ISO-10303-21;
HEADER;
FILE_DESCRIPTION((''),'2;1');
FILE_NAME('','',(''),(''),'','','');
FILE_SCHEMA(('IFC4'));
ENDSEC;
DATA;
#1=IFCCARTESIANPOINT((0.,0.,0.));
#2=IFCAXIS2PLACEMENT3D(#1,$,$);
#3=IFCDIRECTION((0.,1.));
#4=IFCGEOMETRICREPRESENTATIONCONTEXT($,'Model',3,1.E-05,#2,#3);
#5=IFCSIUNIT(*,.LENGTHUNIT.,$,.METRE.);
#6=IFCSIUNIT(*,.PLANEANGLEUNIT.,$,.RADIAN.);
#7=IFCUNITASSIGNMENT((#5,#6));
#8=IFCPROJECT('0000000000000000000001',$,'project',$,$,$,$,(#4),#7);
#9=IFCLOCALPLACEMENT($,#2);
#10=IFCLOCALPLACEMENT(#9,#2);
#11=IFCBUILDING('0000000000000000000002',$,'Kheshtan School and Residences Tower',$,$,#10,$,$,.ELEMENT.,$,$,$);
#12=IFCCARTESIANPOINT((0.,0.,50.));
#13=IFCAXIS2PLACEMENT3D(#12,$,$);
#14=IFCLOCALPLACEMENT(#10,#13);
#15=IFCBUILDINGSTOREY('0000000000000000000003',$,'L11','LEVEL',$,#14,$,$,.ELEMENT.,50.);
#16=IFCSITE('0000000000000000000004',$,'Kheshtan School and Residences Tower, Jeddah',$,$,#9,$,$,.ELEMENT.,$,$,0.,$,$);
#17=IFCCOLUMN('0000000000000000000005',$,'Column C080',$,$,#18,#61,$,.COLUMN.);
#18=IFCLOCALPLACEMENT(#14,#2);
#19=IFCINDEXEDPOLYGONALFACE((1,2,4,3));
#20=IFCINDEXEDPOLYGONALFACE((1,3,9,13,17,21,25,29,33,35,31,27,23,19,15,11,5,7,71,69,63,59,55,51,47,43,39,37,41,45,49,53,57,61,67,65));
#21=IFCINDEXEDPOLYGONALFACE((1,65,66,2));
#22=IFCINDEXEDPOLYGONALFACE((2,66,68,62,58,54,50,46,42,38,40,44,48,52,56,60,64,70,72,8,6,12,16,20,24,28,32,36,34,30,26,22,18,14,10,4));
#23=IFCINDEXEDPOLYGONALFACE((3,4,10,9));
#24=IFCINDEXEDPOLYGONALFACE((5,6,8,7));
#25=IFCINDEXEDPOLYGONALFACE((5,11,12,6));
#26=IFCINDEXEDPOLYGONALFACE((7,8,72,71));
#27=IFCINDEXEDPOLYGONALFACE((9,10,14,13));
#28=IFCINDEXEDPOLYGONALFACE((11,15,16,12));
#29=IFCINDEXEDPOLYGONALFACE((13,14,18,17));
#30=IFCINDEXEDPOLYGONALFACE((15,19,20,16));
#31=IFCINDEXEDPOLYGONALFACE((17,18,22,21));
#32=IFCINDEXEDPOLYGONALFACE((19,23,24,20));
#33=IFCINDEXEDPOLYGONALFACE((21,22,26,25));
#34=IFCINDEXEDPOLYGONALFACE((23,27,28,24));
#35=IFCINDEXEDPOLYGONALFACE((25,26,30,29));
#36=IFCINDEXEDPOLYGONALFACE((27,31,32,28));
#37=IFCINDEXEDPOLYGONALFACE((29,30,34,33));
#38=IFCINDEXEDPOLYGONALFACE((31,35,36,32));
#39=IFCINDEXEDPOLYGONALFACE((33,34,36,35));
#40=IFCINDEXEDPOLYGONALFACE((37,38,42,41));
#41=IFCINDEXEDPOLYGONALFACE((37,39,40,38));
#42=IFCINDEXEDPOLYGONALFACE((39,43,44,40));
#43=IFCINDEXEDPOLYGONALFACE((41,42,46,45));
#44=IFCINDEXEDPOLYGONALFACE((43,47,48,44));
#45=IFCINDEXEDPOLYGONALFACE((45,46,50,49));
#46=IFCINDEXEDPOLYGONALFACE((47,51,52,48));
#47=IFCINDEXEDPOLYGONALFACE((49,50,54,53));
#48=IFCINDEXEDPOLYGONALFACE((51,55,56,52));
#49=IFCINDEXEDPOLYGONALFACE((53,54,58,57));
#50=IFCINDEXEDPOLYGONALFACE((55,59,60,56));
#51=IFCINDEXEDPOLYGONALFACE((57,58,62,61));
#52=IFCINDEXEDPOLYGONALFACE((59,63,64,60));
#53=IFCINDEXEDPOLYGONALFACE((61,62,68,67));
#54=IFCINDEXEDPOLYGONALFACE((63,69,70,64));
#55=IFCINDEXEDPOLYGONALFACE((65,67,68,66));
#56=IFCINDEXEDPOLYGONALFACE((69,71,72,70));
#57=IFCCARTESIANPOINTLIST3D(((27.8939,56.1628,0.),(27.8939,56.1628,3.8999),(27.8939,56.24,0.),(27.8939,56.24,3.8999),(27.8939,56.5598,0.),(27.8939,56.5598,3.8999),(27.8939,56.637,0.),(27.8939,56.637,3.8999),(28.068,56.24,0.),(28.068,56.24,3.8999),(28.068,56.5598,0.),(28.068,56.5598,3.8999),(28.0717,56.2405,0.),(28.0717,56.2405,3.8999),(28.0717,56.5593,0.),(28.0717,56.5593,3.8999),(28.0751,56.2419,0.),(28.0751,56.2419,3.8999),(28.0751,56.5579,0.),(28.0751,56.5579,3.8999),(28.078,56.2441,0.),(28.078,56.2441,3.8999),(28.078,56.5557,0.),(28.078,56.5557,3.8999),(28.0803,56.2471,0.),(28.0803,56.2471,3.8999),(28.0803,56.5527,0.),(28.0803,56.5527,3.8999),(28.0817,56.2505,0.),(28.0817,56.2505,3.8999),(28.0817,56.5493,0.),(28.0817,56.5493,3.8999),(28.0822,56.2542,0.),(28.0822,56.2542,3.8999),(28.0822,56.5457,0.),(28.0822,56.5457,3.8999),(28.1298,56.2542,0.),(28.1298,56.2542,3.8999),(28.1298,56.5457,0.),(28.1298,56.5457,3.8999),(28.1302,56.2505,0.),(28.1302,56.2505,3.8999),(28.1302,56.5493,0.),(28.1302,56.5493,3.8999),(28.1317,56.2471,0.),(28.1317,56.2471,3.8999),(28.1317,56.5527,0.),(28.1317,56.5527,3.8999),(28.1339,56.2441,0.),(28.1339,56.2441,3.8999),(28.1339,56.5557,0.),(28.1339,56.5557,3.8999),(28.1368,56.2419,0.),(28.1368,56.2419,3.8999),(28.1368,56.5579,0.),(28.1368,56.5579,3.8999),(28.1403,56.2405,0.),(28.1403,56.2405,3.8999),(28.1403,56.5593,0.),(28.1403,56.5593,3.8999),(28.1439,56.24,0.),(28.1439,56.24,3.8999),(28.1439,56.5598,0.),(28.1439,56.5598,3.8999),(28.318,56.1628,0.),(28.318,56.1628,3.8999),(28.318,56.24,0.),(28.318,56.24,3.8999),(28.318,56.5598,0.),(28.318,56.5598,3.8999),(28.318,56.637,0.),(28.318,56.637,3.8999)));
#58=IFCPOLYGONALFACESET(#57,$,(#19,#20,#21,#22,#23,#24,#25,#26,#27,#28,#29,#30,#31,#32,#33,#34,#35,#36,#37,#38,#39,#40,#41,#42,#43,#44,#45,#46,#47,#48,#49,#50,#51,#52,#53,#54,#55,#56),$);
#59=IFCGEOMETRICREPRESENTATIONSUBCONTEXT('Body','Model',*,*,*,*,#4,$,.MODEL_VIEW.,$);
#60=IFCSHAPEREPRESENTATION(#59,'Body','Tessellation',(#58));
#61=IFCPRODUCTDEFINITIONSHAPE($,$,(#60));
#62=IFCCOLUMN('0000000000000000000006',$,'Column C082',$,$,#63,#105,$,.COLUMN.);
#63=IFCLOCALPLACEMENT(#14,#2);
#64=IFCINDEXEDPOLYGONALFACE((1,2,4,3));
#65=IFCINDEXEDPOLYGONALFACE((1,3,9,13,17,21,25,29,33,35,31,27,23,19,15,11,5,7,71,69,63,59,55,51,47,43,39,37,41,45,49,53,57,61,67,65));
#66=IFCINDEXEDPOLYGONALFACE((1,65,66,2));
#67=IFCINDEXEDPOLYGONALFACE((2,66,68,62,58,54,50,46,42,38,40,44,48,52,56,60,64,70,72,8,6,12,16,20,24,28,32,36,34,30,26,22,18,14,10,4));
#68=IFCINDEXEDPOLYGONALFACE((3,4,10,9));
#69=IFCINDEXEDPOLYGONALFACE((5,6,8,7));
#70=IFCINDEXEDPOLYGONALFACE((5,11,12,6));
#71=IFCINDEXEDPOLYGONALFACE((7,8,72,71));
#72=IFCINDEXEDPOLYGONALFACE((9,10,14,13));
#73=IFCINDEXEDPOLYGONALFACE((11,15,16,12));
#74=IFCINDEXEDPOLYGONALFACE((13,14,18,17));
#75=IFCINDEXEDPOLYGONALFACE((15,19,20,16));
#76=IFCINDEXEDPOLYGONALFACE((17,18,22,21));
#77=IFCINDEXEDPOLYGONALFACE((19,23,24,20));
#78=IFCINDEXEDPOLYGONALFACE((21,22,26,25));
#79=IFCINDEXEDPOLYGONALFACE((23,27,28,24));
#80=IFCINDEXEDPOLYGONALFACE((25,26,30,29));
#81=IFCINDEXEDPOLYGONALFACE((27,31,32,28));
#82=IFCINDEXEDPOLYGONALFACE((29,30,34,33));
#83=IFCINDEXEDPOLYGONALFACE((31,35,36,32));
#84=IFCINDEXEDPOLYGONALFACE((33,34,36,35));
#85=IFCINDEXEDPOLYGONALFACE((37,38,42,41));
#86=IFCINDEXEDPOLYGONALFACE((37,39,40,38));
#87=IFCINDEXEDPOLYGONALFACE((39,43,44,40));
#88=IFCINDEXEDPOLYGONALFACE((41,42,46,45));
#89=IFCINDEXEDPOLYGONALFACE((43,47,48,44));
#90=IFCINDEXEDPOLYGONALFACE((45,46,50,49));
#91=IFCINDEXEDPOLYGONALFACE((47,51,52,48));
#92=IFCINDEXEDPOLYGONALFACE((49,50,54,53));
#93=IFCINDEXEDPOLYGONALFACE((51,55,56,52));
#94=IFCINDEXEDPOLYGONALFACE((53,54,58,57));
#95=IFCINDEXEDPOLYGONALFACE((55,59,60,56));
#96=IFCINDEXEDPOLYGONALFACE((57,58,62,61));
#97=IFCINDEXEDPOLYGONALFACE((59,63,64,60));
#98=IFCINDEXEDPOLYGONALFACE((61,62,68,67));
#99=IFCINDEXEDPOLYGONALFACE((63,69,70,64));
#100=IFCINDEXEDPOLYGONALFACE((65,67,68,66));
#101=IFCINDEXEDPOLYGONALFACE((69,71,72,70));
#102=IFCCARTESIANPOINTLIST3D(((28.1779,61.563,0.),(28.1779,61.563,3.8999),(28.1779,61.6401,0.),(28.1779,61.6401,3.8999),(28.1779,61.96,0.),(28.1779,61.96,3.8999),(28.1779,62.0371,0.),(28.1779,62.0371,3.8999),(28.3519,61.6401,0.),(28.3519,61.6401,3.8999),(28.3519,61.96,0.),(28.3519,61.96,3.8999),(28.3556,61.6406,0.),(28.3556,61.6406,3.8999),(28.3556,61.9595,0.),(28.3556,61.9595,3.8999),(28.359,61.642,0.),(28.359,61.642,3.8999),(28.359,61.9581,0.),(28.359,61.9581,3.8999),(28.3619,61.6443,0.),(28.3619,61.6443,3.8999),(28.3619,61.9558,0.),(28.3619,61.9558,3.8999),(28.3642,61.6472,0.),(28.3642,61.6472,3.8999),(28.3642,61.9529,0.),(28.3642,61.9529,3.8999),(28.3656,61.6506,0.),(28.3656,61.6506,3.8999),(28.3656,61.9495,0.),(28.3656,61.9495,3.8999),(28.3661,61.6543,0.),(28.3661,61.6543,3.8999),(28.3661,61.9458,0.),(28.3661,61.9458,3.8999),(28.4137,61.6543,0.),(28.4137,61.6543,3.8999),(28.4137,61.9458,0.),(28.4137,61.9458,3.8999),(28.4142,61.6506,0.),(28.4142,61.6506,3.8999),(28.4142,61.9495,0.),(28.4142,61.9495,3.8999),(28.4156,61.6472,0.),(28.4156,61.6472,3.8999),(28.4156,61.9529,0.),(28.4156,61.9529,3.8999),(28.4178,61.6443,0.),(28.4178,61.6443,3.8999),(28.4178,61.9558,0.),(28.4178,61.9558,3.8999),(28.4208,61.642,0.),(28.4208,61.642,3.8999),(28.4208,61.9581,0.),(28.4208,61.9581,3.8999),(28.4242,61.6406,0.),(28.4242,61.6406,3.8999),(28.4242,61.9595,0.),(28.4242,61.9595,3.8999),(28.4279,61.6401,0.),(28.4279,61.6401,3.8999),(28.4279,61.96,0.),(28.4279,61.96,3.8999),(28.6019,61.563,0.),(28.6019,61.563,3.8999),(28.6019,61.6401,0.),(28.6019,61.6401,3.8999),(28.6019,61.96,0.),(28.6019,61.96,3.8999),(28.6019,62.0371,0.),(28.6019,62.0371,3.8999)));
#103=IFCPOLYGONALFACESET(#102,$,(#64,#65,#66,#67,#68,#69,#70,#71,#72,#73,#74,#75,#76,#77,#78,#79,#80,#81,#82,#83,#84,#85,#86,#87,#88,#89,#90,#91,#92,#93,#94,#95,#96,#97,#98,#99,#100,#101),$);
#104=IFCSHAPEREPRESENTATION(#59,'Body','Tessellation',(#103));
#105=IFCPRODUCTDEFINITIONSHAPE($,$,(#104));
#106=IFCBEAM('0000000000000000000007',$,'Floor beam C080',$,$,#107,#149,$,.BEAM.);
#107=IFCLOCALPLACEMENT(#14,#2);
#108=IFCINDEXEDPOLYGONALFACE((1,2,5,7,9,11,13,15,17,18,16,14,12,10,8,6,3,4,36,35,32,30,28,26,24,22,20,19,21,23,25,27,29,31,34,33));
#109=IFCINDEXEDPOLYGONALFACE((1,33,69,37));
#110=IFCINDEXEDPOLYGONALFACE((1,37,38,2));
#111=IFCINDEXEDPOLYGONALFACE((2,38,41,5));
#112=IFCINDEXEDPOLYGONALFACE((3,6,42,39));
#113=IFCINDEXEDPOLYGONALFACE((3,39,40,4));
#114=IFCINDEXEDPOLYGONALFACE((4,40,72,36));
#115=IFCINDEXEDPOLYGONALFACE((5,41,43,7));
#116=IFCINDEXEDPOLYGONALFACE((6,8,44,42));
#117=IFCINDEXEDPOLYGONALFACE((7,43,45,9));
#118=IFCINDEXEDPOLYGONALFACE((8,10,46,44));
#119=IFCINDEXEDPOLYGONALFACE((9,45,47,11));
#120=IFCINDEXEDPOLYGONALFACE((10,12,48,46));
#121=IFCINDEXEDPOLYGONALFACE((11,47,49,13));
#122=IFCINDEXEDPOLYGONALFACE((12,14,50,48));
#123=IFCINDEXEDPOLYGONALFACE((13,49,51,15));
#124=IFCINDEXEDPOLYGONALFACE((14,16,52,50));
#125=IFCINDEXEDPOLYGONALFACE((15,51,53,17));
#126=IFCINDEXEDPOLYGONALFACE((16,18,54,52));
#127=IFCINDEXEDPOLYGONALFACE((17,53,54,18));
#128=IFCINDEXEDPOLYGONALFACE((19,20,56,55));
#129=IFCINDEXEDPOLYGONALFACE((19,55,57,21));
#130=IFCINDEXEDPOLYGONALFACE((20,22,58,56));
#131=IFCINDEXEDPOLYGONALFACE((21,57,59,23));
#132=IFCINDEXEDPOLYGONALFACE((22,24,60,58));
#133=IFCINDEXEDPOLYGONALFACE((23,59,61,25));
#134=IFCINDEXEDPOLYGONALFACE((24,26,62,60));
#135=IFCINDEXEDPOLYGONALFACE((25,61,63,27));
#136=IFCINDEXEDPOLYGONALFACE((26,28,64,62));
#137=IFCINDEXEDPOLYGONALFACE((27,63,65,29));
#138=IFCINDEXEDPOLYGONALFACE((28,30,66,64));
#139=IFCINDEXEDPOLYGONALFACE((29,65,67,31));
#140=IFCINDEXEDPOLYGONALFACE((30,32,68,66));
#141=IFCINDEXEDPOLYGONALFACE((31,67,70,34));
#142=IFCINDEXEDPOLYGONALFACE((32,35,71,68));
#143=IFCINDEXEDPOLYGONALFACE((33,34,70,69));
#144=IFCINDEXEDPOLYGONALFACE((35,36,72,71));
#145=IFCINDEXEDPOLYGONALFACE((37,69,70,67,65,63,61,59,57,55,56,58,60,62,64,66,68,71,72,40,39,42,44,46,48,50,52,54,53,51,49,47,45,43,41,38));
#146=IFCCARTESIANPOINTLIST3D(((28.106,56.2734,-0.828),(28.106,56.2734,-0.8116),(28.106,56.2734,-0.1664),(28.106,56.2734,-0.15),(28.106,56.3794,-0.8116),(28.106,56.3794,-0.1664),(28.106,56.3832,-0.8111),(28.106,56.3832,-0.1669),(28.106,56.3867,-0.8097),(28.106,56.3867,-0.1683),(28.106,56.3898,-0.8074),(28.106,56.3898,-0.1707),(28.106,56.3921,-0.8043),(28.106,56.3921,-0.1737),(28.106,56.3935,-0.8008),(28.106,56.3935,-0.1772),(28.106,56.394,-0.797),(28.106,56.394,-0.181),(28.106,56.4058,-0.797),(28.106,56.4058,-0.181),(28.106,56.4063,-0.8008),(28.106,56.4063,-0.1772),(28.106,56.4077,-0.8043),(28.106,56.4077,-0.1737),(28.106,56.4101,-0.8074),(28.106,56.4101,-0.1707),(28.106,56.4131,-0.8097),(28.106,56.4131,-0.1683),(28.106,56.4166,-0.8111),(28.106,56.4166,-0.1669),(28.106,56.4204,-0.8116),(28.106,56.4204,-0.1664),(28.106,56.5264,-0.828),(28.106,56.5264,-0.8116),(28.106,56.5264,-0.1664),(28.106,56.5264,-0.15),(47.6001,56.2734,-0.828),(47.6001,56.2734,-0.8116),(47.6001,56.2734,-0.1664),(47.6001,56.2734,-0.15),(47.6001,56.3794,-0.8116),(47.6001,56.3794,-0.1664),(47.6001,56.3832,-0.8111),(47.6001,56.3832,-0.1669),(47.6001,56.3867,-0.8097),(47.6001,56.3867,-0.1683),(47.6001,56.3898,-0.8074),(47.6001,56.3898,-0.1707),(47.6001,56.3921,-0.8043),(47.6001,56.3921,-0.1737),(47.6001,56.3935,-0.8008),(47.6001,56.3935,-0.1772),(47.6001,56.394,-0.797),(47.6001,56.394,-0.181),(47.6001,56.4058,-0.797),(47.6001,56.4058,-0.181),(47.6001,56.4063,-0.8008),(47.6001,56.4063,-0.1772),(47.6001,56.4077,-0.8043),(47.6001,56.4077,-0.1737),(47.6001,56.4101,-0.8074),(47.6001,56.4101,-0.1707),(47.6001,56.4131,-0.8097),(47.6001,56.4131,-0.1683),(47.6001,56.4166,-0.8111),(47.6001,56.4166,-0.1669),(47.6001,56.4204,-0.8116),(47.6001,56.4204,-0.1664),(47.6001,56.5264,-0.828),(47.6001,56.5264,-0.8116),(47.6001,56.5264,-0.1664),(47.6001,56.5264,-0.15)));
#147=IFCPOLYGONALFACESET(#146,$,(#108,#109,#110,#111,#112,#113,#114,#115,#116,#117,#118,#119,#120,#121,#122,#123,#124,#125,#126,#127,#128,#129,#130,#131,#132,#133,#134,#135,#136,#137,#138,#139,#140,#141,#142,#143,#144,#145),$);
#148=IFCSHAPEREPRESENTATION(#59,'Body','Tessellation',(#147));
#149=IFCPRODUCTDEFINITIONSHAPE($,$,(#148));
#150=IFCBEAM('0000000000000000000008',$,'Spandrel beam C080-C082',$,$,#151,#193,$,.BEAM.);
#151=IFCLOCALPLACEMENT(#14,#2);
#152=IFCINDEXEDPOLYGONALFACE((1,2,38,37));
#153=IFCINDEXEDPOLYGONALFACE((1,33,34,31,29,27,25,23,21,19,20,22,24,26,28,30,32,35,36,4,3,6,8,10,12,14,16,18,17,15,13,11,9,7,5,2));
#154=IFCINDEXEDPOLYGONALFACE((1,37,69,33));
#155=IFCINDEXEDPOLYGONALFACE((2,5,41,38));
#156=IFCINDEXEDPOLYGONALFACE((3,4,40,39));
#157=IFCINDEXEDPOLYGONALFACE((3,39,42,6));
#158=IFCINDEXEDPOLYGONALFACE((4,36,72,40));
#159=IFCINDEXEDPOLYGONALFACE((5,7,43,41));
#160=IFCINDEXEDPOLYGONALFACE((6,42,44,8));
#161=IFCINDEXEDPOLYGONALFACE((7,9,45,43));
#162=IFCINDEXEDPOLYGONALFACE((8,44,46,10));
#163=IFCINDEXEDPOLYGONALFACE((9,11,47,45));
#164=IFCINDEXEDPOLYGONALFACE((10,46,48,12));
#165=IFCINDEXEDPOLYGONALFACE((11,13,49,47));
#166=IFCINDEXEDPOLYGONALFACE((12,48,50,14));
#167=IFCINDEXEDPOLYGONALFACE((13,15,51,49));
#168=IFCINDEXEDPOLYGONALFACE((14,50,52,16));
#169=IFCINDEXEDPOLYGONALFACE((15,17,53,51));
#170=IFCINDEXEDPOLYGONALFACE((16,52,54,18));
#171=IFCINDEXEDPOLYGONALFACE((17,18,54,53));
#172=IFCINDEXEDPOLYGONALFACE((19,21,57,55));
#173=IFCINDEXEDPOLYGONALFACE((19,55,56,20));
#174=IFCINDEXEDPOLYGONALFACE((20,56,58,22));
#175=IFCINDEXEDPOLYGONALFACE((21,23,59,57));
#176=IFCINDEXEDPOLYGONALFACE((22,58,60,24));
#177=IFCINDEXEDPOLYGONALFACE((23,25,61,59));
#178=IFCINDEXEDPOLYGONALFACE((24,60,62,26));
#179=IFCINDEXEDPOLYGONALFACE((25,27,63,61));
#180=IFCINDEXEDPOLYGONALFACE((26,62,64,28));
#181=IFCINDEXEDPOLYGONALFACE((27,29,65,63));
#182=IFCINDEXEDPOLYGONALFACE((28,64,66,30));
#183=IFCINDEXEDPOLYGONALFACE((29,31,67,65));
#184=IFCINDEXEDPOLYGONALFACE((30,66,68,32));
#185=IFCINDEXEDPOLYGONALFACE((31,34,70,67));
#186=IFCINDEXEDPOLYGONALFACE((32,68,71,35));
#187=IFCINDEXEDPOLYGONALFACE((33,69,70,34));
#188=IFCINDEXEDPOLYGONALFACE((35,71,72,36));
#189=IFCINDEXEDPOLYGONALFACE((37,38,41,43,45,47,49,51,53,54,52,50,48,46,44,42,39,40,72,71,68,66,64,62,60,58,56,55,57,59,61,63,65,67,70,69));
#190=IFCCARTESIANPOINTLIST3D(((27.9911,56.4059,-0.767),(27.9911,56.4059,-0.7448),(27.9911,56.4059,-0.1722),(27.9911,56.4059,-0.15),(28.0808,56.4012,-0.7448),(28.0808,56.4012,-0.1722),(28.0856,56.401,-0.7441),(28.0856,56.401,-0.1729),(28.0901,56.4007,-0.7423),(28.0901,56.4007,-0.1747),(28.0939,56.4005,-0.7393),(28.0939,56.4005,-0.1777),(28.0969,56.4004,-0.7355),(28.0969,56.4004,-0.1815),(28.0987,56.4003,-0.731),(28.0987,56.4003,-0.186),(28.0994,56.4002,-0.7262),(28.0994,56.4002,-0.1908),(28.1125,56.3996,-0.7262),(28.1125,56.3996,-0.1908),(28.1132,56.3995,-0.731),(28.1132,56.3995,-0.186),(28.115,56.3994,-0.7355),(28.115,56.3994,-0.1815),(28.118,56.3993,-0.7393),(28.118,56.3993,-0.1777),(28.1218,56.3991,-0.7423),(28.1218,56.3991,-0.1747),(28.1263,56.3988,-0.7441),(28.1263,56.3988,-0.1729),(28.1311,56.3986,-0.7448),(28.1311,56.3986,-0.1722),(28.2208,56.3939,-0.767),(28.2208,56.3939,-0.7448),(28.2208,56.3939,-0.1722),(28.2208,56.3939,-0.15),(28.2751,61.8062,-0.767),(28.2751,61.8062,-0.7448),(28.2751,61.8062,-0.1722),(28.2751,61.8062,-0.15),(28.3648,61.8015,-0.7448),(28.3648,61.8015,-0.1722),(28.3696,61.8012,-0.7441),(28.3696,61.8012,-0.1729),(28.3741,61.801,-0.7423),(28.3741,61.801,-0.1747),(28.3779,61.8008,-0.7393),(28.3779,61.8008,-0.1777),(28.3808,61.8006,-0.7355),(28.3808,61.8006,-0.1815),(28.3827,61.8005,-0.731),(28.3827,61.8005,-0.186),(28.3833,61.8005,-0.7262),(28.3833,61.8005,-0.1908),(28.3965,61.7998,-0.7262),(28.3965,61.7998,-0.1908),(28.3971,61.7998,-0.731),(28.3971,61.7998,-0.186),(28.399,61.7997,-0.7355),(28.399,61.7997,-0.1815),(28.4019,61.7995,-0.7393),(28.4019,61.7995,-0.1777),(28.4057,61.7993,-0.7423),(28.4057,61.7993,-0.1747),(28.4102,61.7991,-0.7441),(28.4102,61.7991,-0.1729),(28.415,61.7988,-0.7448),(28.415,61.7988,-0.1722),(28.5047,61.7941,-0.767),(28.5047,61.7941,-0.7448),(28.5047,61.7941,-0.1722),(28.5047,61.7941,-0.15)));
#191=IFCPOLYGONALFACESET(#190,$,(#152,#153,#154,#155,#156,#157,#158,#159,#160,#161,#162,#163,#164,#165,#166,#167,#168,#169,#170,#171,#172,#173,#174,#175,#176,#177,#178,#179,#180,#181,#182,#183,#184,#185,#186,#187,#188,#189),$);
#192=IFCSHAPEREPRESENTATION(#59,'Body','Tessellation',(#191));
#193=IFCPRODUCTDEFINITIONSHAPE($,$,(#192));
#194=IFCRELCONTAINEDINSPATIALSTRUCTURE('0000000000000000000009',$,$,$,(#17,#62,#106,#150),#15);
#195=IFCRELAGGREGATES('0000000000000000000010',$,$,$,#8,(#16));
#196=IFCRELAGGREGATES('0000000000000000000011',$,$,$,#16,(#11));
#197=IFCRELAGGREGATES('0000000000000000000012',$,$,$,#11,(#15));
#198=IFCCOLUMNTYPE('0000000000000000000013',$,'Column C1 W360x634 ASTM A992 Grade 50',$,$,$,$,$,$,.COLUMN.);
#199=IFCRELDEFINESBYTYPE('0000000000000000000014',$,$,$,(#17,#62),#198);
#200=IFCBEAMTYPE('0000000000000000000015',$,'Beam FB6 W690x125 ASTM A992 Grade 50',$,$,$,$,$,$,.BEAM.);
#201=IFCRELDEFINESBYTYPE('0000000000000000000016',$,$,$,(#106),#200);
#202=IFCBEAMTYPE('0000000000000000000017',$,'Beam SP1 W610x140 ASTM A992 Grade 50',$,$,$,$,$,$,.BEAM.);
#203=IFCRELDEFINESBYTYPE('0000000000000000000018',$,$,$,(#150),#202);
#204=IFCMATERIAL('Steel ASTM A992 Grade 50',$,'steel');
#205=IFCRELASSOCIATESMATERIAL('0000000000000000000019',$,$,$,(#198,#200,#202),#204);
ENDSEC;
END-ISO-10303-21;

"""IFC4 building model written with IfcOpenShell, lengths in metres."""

from ifc_helpers import new_model, si_unit, direction, frame, origin, origin_2d, place, context, subcontext, project, spatial, i_section, extrude, material, material_profile, profile_set, type_object, element, save


model = new_model("IFC4")

# Units and contexts
model_context = context("Model", 3, precision=1e-05, world=origin(), true_north=direction((0.0, 1.0)))
body_context = subcontext(model_context, "Body", "Model", "MODEL_VIEW")
ifc_project = project(units=[si_unit("LENGTHUNIT", "METRE"), si_unit("PLANEANGLEUNIT", "RADIAN")], contexts=[model_context])

# Site, building, storey
site_placement = place(None, origin())
site = spatial("IfcSite", under=ifc_project, at=site_placement, Name="Kheshtan School and Residences Tower, Jeddah", CompositionType="ELEMENT", RefElevation=0.0)
building_placement = place(site_placement, origin())
building = spatial("IfcBuilding", under=site, at=building_placement, Name="Kheshtan School and Residences Tower", CompositionType="ELEMENT")
storey_placement = place(building_placement, frame((0.0, 0.0, 50.0)))
storey = spatial("IfcBuildingStorey", under=building, at=storey_placement, Name="L11", Description="LEVEL", CompositionType="ELEMENT", Elevation=50.0)

# Columns
ifc_material_1 = material(Name="Steel ASTM A992 Grade 50", Category="steel")
ifc_material_profile_1 = material_profile(ifc_material_1, i_section(OverallWidth=0.4241, OverallDepth=0.4741, WebThickness=0.0476, FlangeThickness=0.0771, FilletRadius=0.0142, at=origin_2d()), Name="W360x634")
ifc_profile_set_1 = profile_set([ifc_material_profile_1], Name="Steel ASTM A992 Grade 50")
column_type = type_object("IfcColumnType", Name="Column C1 W360x634 ASTM A992 Grade 50", PredefinedType="COLUMN", material=ifc_profile_set_1)
for number, where, z_axis, x_axis, name in (
    (1, (28.106, 56.3999, 0.0), (0.0, 0.0, 1.0), (1.0, 0.0, 0.0), "Column C080"),
    (2, (28.3899, 61.8, 0.0), (0.0, 0.0, 1.0), (1.0, 0.0, 0.0), "Column C082"),
):
    element("IfcColumn", number, at=place(storey_placement, frame(where, z_axis=z_axis, x_axis=x_axis)), inside=storey, type_object=column_type, Name=name, PredefinedType="COLUMN", context=body_context, shape_type="SweptSolid", body=[
        extrude(i_section(OverallWidth=0.4241, OverallDepth=0.4741, WebThickness=0.0476, FlangeThickness=0.0771, FilletRadius=0.0142, at=origin_2d()), origin(), (0.0, 0.0, 1.0), 3.8999),
    ])

# Beams
ifc_material_profile_2 = material_profile(ifc_material_1, i_section(OverallWidth=0.2529, OverallDepth=0.678, WebThickness=0.0117, FlangeThickness=0.0164, FilletRadius=0.0146, at=origin_2d()), Name="W690x125")
ifc_profile_set_2 = profile_set([ifc_material_profile_2], Name="Steel ASTM A992 Grade 50")
beam_type_1 = type_object("IfcBeamType", Name="Beam FB6 W690x125 ASTM A992 Grade 50", PredefinedType="BEAM", material=ifc_profile_set_2)
beam_1_placement = place(storey_placement, frame((28.106, 56.3999, -0.489), z_axis=(1.0, 0.0, 0.0), x_axis=(0.0, 1.0, 0.0)))
element("IfcBeam", 3, at=beam_1_placement, inside=storey, type_object=beam_type_1, Name="Floor beam C080", PredefinedType="BEAM", context=body_context, shape_type="SweptSolid", body=[
    extrude(i_section(OverallWidth=0.2529, OverallDepth=0.678, WebThickness=0.0117, FlangeThickness=0.0164, FilletRadius=0.0146, at=origin_2d()), origin(), (0.0, 0.0, 1.0), 19.4941),
])
ifc_material_profile_3 = material_profile(ifc_material_1, i_section(OverallWidth=0.23, OverallDepth=0.6169, WebThickness=0.0132, FlangeThickness=0.0222, FilletRadius=0.0186, at=origin_2d()), Name="W610x140")
ifc_profile_set_3 = profile_set([ifc_material_profile_3], Name="Steel ASTM A992 Grade 50")
beam_type_2 = type_object("IfcBeamType", Name="Beam SP1 W610x140 ASTM A992 Grade 50", PredefinedType="BEAM", material=ifc_profile_set_3)
beam_2_placement = place(storey_placement, frame((28.106, 56.3999, -0.4585), z_axis=(0.052507, 0.998621, 0.0), x_axis=(-0.998621, 0.052507, 0.0)))
element("IfcBeam", 4, at=beam_2_placement, inside=storey, type_object=beam_type_2, Name="Spandrel beam C080-C082", PredefinedType="BEAM", context=body_context, shape_type="SweptSolid", body=[
    extrude(i_section(OverallWidth=0.23, OverallDepth=0.6169, WebThickness=0.0132, FlangeThickness=0.0222, FilletRadius=0.0186, at=origin_2d()), origin(), (0.0, 0.0, 1.0), 5.4077),
])

save(model, "model.ifc")
